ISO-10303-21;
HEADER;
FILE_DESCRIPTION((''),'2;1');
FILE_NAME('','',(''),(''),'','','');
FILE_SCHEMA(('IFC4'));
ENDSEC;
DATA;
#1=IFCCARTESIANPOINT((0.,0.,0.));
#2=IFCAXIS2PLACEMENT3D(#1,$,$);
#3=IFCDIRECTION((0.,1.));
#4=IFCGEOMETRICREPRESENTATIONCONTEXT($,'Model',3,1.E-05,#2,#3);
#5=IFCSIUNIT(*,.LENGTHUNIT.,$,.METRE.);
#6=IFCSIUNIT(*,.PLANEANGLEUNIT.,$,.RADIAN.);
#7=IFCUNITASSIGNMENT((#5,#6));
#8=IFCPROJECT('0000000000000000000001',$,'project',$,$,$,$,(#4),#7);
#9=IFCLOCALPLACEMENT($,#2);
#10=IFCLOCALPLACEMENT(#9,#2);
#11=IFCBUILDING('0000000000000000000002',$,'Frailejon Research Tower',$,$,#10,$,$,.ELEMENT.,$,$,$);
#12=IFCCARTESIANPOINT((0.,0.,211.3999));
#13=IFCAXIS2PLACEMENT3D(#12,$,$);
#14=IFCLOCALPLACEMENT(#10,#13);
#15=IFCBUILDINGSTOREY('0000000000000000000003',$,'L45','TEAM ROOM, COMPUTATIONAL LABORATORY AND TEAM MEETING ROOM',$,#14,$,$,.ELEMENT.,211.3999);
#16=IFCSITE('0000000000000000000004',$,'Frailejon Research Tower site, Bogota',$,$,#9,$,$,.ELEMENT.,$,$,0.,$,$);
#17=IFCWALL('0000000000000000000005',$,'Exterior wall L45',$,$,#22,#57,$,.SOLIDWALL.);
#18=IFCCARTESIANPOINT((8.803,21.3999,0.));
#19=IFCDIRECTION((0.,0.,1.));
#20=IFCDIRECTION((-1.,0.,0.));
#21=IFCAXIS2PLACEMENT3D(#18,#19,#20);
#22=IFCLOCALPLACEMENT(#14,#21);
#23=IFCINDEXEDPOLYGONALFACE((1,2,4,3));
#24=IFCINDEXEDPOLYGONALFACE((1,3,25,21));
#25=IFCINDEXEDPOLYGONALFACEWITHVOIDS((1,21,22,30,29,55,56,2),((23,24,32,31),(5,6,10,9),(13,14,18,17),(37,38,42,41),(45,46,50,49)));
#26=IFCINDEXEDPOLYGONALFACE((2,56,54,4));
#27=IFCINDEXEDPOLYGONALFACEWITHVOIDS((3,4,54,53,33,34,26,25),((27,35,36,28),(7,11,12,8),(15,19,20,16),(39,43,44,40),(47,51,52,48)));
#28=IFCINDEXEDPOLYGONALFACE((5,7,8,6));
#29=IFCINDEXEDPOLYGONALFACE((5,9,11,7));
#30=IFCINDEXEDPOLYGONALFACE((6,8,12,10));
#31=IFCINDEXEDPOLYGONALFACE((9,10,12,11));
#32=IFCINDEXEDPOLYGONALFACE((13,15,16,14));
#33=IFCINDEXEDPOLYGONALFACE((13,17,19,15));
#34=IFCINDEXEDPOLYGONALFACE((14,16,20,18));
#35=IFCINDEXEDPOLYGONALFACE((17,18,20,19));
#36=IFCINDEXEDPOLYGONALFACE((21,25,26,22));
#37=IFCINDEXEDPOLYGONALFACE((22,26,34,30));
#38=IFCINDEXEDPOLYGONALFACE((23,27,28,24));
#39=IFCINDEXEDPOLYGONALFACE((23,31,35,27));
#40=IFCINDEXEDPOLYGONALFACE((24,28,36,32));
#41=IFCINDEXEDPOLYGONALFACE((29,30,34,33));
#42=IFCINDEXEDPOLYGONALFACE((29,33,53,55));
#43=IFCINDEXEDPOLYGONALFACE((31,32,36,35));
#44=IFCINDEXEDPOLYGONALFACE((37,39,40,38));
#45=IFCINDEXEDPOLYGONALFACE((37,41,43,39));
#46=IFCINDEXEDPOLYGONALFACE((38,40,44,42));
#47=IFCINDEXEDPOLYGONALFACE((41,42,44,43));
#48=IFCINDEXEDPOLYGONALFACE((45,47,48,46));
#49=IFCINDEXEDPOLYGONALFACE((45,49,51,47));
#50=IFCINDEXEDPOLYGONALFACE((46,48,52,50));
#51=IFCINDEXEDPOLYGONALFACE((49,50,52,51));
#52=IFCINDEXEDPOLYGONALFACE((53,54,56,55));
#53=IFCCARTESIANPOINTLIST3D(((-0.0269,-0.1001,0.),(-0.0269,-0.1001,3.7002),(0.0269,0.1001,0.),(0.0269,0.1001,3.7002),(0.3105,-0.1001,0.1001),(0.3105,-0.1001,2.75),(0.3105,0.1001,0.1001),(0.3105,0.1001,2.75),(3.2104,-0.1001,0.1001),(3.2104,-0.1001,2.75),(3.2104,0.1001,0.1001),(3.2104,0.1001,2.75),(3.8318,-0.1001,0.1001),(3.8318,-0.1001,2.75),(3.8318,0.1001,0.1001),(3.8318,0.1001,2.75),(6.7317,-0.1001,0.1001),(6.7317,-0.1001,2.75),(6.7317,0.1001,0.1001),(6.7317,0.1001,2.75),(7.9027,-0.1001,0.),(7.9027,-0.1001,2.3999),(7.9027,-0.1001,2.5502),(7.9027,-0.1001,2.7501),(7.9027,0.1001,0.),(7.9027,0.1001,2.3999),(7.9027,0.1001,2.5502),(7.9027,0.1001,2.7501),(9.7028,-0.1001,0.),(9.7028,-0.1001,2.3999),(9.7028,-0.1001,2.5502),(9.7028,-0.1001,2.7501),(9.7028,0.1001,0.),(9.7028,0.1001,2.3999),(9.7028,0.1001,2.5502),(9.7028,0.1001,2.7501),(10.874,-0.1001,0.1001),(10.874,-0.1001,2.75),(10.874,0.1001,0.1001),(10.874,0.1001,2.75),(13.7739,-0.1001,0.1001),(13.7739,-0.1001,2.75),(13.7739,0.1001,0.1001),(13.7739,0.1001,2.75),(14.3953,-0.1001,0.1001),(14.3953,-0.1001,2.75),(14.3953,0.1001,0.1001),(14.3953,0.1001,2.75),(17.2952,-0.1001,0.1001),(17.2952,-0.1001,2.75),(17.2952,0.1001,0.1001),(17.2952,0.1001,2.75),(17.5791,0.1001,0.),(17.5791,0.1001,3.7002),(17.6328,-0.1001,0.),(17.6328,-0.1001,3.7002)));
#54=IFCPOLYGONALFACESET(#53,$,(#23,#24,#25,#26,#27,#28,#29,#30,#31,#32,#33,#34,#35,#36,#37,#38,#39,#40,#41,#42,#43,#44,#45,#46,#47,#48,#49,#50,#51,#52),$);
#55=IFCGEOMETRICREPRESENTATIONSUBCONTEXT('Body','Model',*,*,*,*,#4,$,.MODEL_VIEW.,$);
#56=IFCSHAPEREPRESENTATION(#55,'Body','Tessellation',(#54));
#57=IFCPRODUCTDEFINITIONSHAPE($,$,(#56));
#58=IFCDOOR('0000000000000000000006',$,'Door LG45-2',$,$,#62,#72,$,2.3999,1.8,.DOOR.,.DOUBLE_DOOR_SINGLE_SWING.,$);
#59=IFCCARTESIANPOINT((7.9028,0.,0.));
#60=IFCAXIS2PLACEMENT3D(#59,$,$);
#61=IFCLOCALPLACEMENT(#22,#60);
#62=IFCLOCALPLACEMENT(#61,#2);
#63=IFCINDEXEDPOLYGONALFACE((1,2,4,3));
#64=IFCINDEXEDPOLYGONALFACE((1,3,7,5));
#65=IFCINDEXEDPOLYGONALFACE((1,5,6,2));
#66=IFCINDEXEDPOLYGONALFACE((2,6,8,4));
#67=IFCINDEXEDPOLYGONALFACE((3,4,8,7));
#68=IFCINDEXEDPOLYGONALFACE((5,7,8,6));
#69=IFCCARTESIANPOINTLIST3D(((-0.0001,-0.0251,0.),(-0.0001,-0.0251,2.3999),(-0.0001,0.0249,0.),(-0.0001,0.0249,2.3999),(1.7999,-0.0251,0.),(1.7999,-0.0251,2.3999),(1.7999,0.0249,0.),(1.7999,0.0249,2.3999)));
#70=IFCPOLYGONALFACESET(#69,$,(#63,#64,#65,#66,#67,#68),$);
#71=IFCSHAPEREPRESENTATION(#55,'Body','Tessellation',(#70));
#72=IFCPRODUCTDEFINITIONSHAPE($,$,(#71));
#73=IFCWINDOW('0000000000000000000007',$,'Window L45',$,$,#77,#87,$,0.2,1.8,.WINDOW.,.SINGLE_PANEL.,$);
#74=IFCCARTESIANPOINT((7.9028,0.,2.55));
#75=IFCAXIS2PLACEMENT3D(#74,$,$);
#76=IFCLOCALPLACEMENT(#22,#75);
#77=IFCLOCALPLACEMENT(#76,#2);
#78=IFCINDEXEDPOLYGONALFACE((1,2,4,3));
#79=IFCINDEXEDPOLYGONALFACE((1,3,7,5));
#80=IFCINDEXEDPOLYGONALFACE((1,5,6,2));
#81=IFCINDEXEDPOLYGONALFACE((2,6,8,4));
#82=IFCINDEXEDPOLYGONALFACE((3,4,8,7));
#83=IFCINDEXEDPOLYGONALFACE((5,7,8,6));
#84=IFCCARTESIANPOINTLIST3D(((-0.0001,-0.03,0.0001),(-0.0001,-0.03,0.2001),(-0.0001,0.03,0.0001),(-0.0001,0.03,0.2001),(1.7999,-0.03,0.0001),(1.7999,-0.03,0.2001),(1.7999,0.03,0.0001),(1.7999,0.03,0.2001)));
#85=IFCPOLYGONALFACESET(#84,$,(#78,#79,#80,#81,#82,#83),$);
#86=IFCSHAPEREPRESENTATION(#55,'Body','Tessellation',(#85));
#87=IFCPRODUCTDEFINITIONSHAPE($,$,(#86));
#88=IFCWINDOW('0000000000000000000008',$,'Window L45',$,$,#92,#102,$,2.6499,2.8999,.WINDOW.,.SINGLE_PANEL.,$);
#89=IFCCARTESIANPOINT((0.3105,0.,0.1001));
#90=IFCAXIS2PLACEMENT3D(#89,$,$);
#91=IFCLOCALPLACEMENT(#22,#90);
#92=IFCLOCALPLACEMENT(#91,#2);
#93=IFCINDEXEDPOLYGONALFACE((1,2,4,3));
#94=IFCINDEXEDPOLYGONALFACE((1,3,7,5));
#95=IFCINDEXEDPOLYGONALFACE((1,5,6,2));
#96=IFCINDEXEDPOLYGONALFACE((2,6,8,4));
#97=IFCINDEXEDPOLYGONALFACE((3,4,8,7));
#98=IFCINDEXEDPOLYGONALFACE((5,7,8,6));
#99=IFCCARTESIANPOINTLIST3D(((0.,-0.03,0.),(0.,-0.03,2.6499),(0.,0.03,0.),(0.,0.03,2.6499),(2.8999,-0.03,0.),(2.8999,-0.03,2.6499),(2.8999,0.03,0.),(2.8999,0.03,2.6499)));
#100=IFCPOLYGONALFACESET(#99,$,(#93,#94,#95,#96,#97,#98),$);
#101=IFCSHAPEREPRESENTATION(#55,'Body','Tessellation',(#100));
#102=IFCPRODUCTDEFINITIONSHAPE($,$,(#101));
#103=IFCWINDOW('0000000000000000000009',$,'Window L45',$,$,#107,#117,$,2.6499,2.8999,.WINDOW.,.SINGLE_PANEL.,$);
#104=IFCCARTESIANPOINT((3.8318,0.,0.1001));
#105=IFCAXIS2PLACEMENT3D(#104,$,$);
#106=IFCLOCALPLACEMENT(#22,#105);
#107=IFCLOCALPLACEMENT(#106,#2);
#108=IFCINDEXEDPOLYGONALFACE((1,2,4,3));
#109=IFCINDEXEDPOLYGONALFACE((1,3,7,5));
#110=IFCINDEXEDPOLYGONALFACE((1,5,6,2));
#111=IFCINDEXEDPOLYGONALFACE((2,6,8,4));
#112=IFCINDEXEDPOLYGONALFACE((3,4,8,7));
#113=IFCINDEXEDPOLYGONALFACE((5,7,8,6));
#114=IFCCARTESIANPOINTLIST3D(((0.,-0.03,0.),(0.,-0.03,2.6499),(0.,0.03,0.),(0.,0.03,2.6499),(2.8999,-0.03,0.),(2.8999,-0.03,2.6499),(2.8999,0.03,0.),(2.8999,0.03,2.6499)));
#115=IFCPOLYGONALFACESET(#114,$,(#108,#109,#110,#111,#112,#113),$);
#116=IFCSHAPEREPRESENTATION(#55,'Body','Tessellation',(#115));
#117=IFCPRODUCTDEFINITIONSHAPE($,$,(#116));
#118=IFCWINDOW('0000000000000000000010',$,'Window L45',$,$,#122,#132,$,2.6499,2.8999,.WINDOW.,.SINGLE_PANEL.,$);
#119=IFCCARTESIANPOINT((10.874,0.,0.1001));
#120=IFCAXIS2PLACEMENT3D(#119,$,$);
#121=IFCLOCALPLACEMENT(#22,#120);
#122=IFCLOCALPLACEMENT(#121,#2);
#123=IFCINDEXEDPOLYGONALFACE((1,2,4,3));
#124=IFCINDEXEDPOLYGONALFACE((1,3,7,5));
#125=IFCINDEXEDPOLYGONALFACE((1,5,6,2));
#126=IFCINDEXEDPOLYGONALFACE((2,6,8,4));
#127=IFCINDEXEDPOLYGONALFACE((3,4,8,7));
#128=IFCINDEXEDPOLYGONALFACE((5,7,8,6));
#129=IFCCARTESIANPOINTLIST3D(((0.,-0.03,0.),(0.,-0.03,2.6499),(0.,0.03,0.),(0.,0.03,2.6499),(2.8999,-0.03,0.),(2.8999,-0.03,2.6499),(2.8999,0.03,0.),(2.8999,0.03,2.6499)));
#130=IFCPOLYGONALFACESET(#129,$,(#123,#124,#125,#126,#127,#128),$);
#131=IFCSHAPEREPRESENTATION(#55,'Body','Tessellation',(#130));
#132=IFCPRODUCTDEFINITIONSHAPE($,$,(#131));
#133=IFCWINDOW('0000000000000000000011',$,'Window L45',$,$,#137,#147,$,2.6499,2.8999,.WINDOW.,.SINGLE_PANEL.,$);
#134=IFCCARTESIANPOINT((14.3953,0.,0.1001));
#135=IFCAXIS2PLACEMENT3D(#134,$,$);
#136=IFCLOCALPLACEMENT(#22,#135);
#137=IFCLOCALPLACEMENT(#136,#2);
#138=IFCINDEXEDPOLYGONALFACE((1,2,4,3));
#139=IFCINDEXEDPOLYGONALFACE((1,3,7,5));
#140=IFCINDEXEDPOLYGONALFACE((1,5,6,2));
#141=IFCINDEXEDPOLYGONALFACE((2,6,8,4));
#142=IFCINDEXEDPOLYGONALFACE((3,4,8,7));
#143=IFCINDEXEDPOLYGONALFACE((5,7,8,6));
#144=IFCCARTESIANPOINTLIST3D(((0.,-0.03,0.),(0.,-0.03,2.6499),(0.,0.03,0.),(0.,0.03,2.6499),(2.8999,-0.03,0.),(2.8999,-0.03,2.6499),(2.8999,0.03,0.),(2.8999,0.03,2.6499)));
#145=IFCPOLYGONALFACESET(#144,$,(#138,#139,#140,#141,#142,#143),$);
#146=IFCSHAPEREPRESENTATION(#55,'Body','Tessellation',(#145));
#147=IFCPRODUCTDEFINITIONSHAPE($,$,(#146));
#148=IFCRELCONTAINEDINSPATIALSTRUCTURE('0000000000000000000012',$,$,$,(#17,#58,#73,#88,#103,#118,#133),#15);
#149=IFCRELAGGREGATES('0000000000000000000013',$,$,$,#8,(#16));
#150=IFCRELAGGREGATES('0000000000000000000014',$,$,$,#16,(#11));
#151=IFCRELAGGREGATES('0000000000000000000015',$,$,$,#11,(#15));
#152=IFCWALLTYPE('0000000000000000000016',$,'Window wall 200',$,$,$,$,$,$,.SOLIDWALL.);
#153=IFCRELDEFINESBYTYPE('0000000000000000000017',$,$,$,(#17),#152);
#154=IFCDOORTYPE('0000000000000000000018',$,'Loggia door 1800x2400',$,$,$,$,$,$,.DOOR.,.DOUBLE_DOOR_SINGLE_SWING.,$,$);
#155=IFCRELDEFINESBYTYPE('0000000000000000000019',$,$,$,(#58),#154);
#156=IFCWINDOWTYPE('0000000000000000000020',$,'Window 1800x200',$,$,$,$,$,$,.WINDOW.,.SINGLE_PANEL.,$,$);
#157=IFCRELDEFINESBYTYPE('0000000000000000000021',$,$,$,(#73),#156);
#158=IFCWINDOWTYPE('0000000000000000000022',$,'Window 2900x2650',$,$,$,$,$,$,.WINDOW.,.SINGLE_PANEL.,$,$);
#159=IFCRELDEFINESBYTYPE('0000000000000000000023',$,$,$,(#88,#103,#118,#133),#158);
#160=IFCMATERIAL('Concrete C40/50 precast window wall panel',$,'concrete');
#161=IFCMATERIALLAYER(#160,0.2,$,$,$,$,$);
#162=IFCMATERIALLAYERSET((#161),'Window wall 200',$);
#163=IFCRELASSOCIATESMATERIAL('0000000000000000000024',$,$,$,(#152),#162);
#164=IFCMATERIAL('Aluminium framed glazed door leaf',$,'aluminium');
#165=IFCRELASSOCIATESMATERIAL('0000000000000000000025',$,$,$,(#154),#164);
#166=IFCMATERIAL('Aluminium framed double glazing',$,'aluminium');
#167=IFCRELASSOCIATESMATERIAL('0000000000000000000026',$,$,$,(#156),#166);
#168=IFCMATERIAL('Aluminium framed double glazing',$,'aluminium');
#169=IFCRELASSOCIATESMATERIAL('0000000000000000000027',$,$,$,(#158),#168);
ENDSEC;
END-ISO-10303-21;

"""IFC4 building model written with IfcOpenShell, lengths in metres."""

from ifc_helpers import new_model, si_unit, direction, frame, frame_2d, origin, place, context, subcontext, project, spatial, polyline, rectangle, outline, extrude, material, layer, layer_set, type_object, element, fill, save


model = new_model("IFC4")

# Units and contexts
model_context = context("Model", 3, precision=1e-05, world=origin(), true_north=direction((0.0, 1.0)))
body_context = subcontext(model_context, "Body", "Model", "MODEL_VIEW")
ifc_project = project(units=[si_unit("LENGTHUNIT", "METRE"), si_unit("PLANEANGLEUNIT", "RADIAN")], contexts=[model_context])

# Site, building, storey
site_placement = place(None, origin())
site = spatial("IfcSite", under=ifc_project, at=site_placement, Name="Frailejon Research Tower site, Bogota", CompositionType="ELEMENT", RefElevation=0.0)
building_placement = place(site_placement, origin())
building = spatial("IfcBuilding", under=site, at=building_placement, Name="Frailejon Research Tower", CompositionType="ELEMENT")
storey_placement = place(building_placement, frame((0.0, 0.0, 211.3999)))
storey = spatial("IfcBuildingStorey", under=building, at=storey_placement, Name="L45", Description="TEAM ROOM, COMPUTATIONAL LABORATORY AND TEAM MEETING ROOM", CompositionType="ELEMENT", Elevation=211.3999)

# Wall, openings, door, windows
ifc_material_1 = material(Name="Concrete C40/50 precast window wall panel", Category="concrete")
ifc_layer_1 = layer(ifc_material_1, 0.2)
ifc_layer_set_1 = layer_set([ifc_layer_1], Name="Window wall 200")
wall_type = type_object("IfcWallType", Name="Window wall 200", PredefinedType="SOLIDWALL", material=ifc_layer_set_1)
wall_placement = place(storey_placement, frame((8.803, 21.3999, 0.0), z_axis=(0.0, 0.0, 1.0), x_axis=(-1.0, 0.0, 0.0)))
wall = element("IfcWall", 1, at=wall_placement, inside=storey, type_object=wall_type, Name="Exterior wall L45", PredefinedType="SOLIDWALL", context=body_context, shape_type="SweptSolid", body=[
    extrude(outline(polyline([(-0.0269, -0.1001), (1.012, -0.1001), (2.0508, -0.1001), (3.0896, -0.1001), (4.1284, -0.1001), (5.1672, -0.1001), (6.2061, -0.1001), (7.2449, -0.1001), (8.2837, -0.1001), (9.3223, -0.1001), (10.3611, -0.1001), (11.3999, -0.1001), (12.4387, -0.1001), (13.4775, -0.1001), (14.5164, -0.1001), (15.5552, -0.1001), (16.594, -0.1001), (17.6328, -0.1001), (17.5791, 0.1001), (16.5466, 0.1001), (15.5142, 0.1001), (14.4817, 0.1001), (13.4492, 0.1001), (12.4167, 0.1001), (11.3843, 0.1001), (10.3518, 0.1001), (9.3193, 0.1001), (8.2866, 0.1001), (7.2542, 0.1001), (6.2217, 0.1001), (5.1892, 0.1001), (4.1567, 0.1001), (3.1243, 0.1001), (2.0918, 0.1001), (1.0593, 0.1001), (0.0269, 0.1001), (-0.0269, -0.1001)])), origin(), (0.0, 0.0, 1.0), 3.7002),
])
opening_1_placement = place(wall_placement, frame((0.3105, 0.0, 0.1001)))
opening_1 = element("IfcOpeningElement", 2, at=opening_1_placement, cuts=wall, PredefinedType="OPENING", context=body_context, shape_type="SweptSolid", body=[
    extrude(rectangle(XDim=2.8999, YDim=2.6499, at=frame_2d((1.45, 1.325))), frame((0.0, 0.1099, 0.0), z_axis=(0.0, -1.0, 0.0), x_axis=(1.0, 0.0, 0.0)), (0.0, 0.0, 1.0), 0.22),
])
opening_2_placement = place(wall_placement, frame((3.8318, 0.0, 0.1001)))
opening_2 = element("IfcOpeningElement", 3, at=opening_2_placement, cuts=wall, PredefinedType="OPENING", context=body_context, shape_type="SweptSolid", body=[
    extrude(rectangle(XDim=2.8999, YDim=2.6499, at=frame_2d((1.45, 1.325))), frame((0.0, 0.1099, 0.0), z_axis=(0.0, -1.0, 0.0), x_axis=(1.0, 0.0, 0.0)), (0.0, 0.0, 1.0), 0.22),
])
opening_3_placement = place(wall_placement, frame((7.9028, 0.0, 0.0)))
opening_3 = element("IfcOpeningElement", 4, at=opening_3_placement, cuts=wall, PredefinedType="OPENING", context=body_context, shape_type="SweptSolid", body=[
    extrude(rectangle(XDim=1.8, YDim=2.3999, at=frame_2d((0.8999, 1.2))), frame((0.0, 0.1099, 0.0), z_axis=(0.0, -1.0, 0.0), x_axis=(1.0, 0.0, 0.0)), (0.0, 0.0, 1.0), 0.22),
])
opening_4_placement = place(wall_placement, frame((7.9028, 0.0, 2.55)))
opening_4 = element("IfcOpeningElement", 5, at=opening_4_placement, cuts=wall, PredefinedType="OPENING", context=body_context, shape_type="SweptSolid", body=[
    extrude(rectangle(XDim=1.8, YDim=0.2, at=frame_2d((0.8999, 0.1001))), frame((0.0, 0.1099, 0.0), z_axis=(0.0, -1.0, 0.0), x_axis=(1.0, 0.0, 0.0)), (0.0, 0.0, 1.0), 0.22),
])
opening_5_placement = place(wall_placement, frame((10.874, 0.0, 0.1001)))
opening_5 = element("IfcOpeningElement", 6, at=opening_5_placement, cuts=wall, PredefinedType="OPENING", context=body_context, shape_type="SweptSolid", body=[
    extrude(rectangle(XDim=2.8999, YDim=2.6499, at=frame_2d((1.45, 1.325))), frame((0.0, 0.1099, 0.0), z_axis=(0.0, -1.0, 0.0), x_axis=(1.0, 0.0, 0.0)), (0.0, 0.0, 1.0), 0.22),
])
opening_6_placement = place(wall_placement, frame((14.3953, 0.0, 0.1001)))
opening_6 = element("IfcOpeningElement", 7, at=opening_6_placement, cuts=wall, PredefinedType="OPENING", context=body_context, shape_type="SweptSolid", body=[
    extrude(rectangle(XDim=2.8999, YDim=2.6499, at=frame_2d((1.45, 1.325))), frame((0.0, 0.1099, 0.0), z_axis=(0.0, -1.0, 0.0), x_axis=(1.0, 0.0, 0.0)), (0.0, 0.0, 1.0), 0.22),
])
ifc_material_2 = material(Name="Aluminium framed glazed door leaf", Category="aluminium")
door_type = type_object("IfcDoorType", Name="Loggia door 1800x2400", OperationType="DOUBLE_DOOR_SINGLE_SWING", PredefinedType="DOOR", material=ifc_material_2)
door_placement = place(opening_3_placement, origin())
door = element("IfcDoor", 8, at=door_placement, inside=storey, type_object=door_type, Name="Door LG45-2", OperationType="DOUBLE_DOOR_SINGLE_SWING", OverallHeight=2.3999, OverallWidth=1.8, PredefinedType="DOOR", context=body_context, shape_type="SweptSolid", body=[
    extrude(rectangle(XDim=1.8, YDim=2.3999, at=frame_2d((0.8999, 1.2))), frame((0.0, 0.0249, 0.0), z_axis=(0.0, -1.0, 0.0), x_axis=(1.0, 0.0, 0.0)), (0.0, 0.0, 1.0), 0.05),
])
fill(opening_3, door)
ifc_material_3 = material(Name="Aluminium framed double glazing", Category="aluminium")
window_type_1 = type_object("IfcWindowType", Name="Window 1800x200", PartitioningType="SINGLE_PANEL", PredefinedType="WINDOW", material=ifc_material_3)
window_1_placement = place(opening_4_placement, origin())
window_1 = element("IfcWindow", 9, at=window_1_placement, inside=storey, type_object=window_type_1, Name="Window L45", OverallHeight=0.2, OverallWidth=1.8, PartitioningType="SINGLE_PANEL", PredefinedType="WINDOW", context=body_context, shape_type="SweptSolid", body=[
    extrude(rectangle(XDim=1.8, YDim=0.2, at=frame_2d((0.8999, 0.1001))), frame((0.0, 0.03, 0.0), z_axis=(0.0, -1.0, 0.0), x_axis=(1.0, 0.0, 0.0)), (0.0, 0.0, 1.0), 0.0601),
])
fill(opening_4, window_1)
ifc_material_4 = material(Name="Aluminium framed double glazing", Category="aluminium")
window_type_2 = type_object("IfcWindowType", Name="Window 2900x2650", PartitioningType="SINGLE_PANEL", PredefinedType="WINDOW", material=ifc_material_4)
window_2_placement = place(opening_1_placement, origin())
window_2 = element("IfcWindow", 10, at=window_2_placement, inside=storey, type_object=window_type_2, Name="Window L45", OverallHeight=2.6499, OverallWidth=2.8999, PartitioningType="SINGLE_PANEL", PredefinedType="WINDOW", context=body_context, shape_type="SweptSolid", body=[
    extrude(rectangle(XDim=2.8999, YDim=2.6499, at=frame_2d((1.45, 1.325))), frame((0.0, 0.03, 0.0), z_axis=(0.0, -1.0, 0.0), x_axis=(1.0, 0.0, 0.0)), (0.0, 0.0, 1.0), 0.0601),
])
fill(opening_1, window_2)
window_3_placement = place(opening_2_placement, origin())
window_3 = element("IfcWindow", 11, at=window_3_placement, inside=storey, type_object=window_type_2, Name="Window L45", OverallHeight=2.6499, OverallWidth=2.8999, PartitioningType="SINGLE_PANEL", PredefinedType="WINDOW", context=body_context, shape_type="SweptSolid", body=[
    extrude(rectangle(XDim=2.8999, YDim=2.6499, at=frame_2d((1.45, 1.325))), frame((0.0, 0.03, 0.0), z_axis=(0.0, -1.0, 0.0), x_axis=(1.0, 0.0, 0.0)), (0.0, 0.0, 1.0), 0.0601),
])
fill(opening_2, window_3)
window_4_placement = place(opening_5_placement, origin())
window_4 = element("IfcWindow", 12, at=window_4_placement, inside=storey, type_object=window_type_2, Name="Window L45", OverallHeight=2.6499, OverallWidth=2.8999, PartitioningType="SINGLE_PANEL", PredefinedType="WINDOW", context=body_context, shape_type="SweptSolid", body=[
    extrude(rectangle(XDim=2.8999, YDim=2.6499, at=frame_2d((1.45, 1.325))), frame((0.0, 0.03, 0.0), z_axis=(0.0, -1.0, 0.0), x_axis=(1.0, 0.0, 0.0)), (0.0, 0.0, 1.0), 0.0601),
])
fill(opening_5, window_4)
window_5_placement = place(opening_6_placement, origin())
window_5 = element("IfcWindow", 13, at=window_5_placement, inside=storey, type_object=window_type_2, Name="Window L45", OverallHeight=2.6499, OverallWidth=2.8999, PartitioningType="SINGLE_PANEL", PredefinedType="WINDOW", context=body_context, shape_type="SweptSolid", body=[
    extrude(rectangle(XDim=2.8999, YDim=2.6499, at=frame_2d((1.45, 1.325))), frame((0.0, 0.03, 0.0), z_axis=(0.0, -1.0, 0.0), x_axis=(1.0, 0.0, 0.0)), (0.0, 0.0, 1.0), 0.0601),
])
fill(opening_6, window_5)

save(model, "model.ifc")
